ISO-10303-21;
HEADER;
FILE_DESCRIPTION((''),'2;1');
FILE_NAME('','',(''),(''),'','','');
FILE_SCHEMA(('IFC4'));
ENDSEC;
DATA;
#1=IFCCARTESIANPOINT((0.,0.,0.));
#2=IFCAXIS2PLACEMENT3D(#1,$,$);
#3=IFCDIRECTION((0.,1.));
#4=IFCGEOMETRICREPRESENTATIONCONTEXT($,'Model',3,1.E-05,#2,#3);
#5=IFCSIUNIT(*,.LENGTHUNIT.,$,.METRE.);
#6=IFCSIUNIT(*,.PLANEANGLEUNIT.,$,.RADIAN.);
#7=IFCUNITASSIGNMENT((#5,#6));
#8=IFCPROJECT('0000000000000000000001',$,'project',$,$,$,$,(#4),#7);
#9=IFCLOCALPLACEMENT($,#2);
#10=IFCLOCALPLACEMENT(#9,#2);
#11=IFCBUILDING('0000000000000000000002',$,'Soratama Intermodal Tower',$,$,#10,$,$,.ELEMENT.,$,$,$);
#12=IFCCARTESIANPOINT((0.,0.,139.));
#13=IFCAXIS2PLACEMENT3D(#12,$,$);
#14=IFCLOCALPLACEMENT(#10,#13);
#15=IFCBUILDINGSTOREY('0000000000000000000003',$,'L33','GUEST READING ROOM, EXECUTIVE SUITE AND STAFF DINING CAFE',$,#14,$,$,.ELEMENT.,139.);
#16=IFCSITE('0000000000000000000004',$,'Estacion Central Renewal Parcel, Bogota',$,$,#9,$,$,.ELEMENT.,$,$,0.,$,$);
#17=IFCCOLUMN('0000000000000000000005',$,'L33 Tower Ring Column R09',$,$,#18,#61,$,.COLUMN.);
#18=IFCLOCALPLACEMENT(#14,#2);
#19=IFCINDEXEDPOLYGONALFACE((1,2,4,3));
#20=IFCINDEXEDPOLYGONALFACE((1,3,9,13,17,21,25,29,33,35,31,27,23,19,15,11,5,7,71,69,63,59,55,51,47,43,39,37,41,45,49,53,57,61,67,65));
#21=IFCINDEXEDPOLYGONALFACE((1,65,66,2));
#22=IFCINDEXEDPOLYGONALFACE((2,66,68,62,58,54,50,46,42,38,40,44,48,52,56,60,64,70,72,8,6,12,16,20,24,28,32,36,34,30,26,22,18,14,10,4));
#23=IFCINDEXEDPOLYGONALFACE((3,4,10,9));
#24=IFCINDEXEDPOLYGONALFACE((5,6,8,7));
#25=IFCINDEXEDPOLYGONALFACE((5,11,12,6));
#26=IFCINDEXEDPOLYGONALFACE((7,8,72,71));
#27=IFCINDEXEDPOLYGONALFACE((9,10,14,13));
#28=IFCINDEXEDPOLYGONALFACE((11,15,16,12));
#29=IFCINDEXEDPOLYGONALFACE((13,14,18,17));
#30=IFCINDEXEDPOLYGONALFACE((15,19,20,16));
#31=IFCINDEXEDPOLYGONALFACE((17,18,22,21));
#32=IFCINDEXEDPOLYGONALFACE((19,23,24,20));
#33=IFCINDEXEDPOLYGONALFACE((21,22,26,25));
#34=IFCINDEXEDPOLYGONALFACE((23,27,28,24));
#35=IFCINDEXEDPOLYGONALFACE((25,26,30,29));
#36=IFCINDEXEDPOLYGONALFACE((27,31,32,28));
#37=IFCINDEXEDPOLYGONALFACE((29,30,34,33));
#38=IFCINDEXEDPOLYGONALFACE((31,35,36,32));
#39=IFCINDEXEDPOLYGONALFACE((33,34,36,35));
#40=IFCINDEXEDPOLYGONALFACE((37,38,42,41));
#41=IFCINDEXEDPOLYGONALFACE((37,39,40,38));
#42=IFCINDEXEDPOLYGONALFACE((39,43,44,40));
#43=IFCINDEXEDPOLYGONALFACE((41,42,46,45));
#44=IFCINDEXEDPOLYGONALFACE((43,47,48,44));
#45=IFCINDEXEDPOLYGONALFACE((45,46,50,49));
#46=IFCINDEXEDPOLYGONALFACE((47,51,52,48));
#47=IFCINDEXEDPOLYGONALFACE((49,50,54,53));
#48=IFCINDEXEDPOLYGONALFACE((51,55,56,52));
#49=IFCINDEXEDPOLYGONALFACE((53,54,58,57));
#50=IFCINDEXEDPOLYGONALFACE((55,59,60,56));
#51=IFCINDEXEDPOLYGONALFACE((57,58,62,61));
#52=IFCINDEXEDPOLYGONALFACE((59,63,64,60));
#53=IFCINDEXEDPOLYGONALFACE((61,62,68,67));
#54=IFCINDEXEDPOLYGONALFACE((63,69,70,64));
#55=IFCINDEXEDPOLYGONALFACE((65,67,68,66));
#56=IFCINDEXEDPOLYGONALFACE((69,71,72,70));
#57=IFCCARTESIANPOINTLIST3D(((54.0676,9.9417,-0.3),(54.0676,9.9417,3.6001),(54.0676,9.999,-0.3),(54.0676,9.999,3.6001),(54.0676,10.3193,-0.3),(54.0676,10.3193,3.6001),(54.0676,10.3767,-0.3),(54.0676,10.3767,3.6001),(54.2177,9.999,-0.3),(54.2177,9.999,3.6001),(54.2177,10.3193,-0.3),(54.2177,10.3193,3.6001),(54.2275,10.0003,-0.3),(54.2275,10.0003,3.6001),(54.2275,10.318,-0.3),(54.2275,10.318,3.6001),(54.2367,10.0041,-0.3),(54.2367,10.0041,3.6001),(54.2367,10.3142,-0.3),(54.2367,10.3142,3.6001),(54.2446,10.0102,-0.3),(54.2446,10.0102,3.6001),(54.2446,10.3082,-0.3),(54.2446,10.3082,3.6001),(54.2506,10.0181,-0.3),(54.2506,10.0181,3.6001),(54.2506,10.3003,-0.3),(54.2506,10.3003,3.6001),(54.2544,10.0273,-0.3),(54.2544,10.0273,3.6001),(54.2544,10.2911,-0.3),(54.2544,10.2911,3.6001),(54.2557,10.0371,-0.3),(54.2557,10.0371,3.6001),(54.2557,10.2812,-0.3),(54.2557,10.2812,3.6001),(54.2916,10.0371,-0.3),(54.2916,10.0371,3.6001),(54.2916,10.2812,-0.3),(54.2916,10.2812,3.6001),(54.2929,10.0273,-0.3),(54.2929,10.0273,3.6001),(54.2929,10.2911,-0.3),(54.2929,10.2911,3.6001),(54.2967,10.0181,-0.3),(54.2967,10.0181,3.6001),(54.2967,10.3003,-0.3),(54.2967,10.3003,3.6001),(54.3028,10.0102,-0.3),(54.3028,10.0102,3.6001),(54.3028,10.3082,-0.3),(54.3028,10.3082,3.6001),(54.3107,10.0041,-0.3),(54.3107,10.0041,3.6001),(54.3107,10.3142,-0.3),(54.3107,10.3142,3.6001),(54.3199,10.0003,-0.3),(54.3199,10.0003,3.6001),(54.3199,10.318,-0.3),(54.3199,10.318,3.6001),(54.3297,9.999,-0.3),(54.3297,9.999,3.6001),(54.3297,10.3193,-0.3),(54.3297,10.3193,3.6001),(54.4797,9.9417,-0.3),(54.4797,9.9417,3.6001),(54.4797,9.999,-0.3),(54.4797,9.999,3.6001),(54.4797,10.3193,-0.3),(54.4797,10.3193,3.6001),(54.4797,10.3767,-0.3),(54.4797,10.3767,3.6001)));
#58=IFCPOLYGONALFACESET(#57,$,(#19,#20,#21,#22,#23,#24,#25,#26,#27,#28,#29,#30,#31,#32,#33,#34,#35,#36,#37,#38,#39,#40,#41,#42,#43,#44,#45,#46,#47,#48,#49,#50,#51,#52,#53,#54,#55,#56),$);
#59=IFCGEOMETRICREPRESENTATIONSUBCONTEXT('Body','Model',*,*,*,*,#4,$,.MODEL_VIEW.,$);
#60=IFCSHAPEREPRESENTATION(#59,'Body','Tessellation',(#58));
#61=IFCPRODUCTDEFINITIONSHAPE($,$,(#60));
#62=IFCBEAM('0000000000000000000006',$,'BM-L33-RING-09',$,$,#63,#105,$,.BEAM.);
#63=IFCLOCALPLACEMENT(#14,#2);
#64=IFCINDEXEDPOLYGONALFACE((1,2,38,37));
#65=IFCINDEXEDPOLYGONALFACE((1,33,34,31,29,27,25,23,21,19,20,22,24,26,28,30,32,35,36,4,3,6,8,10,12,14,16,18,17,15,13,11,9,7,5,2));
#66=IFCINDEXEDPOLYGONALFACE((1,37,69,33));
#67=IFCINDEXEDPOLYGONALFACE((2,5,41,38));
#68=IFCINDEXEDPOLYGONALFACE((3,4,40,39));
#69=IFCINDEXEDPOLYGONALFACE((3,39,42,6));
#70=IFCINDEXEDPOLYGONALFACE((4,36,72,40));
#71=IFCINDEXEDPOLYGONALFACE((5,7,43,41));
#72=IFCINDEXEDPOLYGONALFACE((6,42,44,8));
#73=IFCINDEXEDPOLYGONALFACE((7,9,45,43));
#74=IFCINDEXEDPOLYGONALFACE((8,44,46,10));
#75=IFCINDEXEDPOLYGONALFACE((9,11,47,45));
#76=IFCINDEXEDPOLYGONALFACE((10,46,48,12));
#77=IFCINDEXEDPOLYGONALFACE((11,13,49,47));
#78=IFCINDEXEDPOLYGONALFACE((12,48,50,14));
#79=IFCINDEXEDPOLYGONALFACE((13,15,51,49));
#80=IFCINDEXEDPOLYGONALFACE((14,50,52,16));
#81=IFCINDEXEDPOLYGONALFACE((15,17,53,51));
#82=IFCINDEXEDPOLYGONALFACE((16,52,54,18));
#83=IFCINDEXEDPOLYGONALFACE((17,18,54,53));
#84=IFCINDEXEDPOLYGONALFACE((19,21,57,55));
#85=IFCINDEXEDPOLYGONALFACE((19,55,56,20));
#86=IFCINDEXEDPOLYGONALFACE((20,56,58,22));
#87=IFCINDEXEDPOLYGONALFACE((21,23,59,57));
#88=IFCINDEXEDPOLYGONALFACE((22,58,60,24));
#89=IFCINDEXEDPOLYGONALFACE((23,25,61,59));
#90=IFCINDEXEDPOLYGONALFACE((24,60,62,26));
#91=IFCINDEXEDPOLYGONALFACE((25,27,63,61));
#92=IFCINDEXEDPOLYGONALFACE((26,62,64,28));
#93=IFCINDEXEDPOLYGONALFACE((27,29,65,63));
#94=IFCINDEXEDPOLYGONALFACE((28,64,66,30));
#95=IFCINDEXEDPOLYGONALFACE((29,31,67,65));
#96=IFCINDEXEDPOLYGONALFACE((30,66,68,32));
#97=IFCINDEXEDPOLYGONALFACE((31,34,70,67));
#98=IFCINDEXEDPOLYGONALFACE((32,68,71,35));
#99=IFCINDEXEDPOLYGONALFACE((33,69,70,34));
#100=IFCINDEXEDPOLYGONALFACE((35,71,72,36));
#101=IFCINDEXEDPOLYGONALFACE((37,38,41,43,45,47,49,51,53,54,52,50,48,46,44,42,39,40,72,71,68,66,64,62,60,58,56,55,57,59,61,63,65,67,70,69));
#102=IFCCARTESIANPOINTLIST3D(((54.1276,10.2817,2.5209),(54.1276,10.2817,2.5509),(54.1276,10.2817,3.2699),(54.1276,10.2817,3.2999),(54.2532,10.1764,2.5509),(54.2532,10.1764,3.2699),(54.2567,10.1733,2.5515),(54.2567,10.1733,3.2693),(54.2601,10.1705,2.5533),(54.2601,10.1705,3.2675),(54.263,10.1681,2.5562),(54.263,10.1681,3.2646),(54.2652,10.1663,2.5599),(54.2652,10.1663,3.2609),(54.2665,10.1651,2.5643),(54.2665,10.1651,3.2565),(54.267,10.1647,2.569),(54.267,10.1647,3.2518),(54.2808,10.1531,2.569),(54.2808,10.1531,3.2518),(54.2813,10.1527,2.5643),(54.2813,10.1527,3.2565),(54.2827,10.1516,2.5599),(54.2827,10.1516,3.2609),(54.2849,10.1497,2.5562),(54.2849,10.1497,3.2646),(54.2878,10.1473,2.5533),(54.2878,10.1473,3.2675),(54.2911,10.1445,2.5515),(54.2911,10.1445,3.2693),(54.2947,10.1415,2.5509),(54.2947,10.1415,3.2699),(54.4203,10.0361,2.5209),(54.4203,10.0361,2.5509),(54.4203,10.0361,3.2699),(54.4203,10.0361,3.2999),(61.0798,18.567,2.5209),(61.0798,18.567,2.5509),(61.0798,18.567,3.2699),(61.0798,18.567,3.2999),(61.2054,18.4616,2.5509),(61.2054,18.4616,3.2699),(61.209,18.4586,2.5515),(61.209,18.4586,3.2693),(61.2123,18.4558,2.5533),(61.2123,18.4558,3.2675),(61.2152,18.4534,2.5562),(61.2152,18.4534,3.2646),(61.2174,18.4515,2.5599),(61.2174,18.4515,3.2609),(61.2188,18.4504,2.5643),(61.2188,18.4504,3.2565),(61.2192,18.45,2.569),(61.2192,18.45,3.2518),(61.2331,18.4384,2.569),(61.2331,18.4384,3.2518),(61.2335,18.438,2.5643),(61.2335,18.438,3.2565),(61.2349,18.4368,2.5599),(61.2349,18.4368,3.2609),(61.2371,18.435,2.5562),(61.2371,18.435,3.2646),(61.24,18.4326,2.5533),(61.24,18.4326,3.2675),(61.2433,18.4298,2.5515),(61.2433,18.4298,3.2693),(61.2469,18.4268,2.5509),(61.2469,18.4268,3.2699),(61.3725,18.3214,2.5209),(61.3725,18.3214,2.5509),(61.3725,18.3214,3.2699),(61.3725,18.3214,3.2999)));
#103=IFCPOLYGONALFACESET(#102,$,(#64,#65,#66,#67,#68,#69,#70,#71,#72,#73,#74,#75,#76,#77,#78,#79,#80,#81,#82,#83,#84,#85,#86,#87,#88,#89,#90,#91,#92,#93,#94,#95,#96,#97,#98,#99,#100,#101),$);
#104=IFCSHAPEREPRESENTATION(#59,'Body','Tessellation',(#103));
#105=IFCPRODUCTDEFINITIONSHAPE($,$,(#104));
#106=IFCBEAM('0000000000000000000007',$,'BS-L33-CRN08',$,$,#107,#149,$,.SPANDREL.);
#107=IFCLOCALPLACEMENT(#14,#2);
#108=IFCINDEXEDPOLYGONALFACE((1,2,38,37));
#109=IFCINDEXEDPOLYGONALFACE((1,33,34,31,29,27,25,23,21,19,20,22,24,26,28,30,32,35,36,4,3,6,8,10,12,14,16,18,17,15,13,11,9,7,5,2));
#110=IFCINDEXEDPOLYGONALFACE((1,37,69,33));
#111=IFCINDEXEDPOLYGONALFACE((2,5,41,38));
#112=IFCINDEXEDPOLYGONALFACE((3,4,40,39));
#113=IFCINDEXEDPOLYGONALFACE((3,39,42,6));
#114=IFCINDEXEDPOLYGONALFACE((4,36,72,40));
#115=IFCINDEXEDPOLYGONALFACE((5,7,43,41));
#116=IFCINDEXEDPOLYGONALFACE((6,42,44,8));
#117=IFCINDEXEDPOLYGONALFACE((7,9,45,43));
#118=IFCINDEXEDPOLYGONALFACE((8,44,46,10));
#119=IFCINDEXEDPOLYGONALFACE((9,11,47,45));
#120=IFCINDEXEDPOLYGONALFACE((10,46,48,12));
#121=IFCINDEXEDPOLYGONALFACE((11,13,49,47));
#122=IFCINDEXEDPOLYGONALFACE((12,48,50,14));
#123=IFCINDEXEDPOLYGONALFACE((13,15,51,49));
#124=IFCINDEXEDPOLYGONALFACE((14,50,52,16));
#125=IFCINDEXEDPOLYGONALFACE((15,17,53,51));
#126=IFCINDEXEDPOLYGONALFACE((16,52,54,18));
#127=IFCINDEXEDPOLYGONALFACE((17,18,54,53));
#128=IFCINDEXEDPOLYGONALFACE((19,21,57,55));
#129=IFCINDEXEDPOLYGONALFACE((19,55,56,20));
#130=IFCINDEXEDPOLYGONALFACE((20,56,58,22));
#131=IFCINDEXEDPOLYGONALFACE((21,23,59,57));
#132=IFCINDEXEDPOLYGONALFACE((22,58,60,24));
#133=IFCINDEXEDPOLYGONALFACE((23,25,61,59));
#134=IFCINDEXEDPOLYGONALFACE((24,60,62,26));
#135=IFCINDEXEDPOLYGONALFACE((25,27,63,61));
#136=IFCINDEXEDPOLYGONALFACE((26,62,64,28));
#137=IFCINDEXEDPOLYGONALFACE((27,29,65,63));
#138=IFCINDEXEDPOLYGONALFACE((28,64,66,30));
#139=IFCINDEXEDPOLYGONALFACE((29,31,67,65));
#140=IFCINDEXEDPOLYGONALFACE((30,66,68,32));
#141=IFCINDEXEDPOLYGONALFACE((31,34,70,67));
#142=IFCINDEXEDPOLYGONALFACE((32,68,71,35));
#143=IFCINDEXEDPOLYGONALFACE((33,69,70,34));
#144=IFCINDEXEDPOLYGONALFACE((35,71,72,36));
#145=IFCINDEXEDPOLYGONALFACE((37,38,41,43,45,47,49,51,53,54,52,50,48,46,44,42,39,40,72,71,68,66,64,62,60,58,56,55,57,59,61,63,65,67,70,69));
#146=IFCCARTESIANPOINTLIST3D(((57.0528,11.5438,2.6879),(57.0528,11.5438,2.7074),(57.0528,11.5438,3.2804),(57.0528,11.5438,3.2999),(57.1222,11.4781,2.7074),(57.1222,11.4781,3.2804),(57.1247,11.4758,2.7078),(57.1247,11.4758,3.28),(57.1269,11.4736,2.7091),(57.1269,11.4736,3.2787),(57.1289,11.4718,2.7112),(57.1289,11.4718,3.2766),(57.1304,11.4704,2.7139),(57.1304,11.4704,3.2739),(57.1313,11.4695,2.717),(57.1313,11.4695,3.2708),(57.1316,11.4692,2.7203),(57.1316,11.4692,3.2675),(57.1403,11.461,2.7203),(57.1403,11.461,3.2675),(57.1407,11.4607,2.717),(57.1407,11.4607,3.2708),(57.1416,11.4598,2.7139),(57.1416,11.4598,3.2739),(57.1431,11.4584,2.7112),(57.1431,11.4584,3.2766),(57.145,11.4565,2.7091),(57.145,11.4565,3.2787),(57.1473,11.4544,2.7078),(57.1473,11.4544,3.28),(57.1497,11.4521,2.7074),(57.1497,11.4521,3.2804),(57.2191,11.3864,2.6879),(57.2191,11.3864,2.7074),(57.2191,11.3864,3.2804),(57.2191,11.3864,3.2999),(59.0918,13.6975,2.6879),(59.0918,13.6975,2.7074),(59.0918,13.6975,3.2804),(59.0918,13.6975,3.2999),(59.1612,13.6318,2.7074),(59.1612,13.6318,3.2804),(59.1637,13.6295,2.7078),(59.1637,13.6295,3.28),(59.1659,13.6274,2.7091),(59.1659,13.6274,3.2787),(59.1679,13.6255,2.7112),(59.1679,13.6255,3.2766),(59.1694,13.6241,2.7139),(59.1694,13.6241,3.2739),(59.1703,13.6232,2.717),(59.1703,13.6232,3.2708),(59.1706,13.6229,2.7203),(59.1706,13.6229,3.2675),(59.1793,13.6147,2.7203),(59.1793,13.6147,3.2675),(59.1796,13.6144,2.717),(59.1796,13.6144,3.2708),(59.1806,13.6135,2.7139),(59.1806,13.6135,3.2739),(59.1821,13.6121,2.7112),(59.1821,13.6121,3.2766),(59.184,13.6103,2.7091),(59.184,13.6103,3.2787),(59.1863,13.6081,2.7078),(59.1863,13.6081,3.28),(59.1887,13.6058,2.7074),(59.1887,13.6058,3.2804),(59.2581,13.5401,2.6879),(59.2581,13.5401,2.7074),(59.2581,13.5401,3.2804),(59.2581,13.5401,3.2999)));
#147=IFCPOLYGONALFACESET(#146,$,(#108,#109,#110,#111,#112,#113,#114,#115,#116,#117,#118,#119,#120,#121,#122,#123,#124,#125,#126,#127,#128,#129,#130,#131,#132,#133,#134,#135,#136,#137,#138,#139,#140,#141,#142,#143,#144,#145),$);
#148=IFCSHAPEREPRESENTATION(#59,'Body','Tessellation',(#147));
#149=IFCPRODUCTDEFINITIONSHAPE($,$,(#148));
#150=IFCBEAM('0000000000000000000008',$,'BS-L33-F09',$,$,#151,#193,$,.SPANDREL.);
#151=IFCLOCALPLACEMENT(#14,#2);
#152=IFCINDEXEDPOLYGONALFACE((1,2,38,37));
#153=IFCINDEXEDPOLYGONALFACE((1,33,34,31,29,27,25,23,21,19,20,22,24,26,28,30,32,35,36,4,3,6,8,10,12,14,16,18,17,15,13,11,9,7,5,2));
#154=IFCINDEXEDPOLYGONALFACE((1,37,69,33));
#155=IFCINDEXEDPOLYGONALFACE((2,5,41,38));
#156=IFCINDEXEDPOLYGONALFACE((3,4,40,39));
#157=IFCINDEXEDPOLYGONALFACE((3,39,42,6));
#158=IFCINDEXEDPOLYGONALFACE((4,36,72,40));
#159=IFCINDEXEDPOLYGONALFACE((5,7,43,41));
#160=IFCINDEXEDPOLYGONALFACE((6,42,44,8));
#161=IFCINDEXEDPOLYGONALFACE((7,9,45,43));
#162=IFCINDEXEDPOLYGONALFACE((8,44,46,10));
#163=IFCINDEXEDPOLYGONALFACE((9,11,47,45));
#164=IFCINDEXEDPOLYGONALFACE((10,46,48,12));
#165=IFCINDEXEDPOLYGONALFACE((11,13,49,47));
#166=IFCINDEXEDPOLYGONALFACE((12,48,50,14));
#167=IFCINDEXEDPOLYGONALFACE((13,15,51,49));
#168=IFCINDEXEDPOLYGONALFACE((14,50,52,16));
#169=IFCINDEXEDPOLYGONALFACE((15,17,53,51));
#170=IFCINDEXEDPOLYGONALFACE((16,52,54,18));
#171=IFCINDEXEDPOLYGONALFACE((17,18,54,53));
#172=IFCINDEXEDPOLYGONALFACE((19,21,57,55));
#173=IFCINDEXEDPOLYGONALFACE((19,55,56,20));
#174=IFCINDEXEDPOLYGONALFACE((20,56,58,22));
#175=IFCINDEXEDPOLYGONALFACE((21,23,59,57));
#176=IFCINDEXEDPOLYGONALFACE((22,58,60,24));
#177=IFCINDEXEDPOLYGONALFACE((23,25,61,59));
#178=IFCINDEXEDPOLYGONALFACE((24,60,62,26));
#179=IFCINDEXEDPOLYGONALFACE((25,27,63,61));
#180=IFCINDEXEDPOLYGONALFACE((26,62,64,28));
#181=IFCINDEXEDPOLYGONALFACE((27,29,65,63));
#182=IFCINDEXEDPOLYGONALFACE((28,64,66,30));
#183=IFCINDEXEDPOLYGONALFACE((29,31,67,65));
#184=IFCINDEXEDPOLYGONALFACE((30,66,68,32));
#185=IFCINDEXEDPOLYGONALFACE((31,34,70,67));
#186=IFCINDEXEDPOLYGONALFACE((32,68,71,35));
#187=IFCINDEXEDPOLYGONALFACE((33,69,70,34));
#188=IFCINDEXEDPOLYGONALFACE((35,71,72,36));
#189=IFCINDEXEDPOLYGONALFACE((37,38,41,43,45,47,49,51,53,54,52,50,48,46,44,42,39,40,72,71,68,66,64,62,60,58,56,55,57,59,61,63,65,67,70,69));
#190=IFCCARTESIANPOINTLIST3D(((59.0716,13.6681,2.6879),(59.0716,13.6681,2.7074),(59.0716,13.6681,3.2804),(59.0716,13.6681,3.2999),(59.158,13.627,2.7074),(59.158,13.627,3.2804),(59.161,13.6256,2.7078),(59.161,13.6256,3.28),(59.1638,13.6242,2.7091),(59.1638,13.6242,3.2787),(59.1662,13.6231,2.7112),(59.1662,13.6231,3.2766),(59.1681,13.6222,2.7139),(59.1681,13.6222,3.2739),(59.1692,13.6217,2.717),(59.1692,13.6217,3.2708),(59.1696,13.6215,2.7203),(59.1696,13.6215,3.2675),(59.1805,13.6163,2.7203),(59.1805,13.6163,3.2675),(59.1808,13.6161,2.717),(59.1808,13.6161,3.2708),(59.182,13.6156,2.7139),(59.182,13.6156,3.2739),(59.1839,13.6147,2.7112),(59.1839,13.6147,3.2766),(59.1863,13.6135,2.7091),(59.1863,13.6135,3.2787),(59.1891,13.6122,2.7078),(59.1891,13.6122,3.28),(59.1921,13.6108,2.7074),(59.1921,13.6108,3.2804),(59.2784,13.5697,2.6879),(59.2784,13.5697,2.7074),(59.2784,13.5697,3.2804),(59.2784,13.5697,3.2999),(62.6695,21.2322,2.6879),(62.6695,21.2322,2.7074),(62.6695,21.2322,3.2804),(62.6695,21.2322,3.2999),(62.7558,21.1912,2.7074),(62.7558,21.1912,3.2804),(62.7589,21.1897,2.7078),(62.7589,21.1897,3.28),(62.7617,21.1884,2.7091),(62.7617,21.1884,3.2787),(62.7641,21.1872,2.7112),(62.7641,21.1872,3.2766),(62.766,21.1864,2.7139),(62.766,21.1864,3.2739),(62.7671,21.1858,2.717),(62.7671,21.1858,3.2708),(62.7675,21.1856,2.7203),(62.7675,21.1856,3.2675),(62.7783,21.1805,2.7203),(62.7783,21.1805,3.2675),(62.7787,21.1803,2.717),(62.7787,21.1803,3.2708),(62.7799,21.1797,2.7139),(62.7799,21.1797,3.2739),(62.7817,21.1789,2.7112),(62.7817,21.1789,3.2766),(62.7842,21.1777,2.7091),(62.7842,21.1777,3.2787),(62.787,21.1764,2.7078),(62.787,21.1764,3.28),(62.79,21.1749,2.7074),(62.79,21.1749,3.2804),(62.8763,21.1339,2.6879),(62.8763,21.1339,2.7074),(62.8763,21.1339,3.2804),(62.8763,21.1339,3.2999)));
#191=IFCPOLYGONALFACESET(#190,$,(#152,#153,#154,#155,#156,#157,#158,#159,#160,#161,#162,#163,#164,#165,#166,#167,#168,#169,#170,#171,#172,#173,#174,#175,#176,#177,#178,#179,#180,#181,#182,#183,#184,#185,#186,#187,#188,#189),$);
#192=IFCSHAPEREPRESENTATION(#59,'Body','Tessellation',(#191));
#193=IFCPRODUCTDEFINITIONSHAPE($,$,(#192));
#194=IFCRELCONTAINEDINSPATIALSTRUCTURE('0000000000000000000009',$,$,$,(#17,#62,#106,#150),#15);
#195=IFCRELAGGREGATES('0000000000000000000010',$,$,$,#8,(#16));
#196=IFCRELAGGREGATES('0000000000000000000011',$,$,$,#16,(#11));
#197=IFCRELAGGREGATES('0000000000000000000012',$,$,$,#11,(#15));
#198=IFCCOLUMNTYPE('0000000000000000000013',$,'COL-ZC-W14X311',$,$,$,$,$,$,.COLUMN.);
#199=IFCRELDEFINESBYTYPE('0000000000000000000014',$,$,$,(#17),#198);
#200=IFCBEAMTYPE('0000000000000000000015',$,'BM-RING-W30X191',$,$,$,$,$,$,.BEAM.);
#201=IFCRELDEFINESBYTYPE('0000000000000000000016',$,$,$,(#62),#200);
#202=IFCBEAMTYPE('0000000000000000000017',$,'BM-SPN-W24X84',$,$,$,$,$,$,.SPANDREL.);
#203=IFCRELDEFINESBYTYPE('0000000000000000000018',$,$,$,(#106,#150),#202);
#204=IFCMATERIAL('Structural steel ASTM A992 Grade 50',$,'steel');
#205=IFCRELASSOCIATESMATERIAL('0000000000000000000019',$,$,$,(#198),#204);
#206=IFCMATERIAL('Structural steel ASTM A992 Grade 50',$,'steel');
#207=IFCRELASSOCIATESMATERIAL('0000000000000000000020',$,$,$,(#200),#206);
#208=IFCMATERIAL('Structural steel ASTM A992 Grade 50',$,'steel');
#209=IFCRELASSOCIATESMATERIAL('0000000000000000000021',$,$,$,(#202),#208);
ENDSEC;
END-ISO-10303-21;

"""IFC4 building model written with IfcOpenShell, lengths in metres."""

from ifc_helpers import new_model, si_unit, direction, frame, origin, origin_2d, place, context, subcontext, project, spatial, i_section, extrude, material, material_profile, profile_set, type_object, element, save


model = new_model("IFC4")

# Units and contexts
model_context = context("Model", 3, precision=1e-05, world=origin(), true_north=direction((0.0, 1.0)))
body_context = subcontext(model_context, "Body", "Model", "MODEL_VIEW")
ifc_project = project(units=[si_unit("LENGTHUNIT", "METRE"), si_unit("PLANEANGLEUNIT", "RADIAN")], contexts=[model_context])

# Site, building, storey
site_placement = place(None, origin())
site = spatial("IfcSite", under=ifc_project, at=site_placement, Name="Estacion Central Renewal Parcel, Bogota", CompositionType="ELEMENT", RefElevation=0.0)
building_placement = place(site_placement, origin())
building = spatial("IfcBuilding", under=site, at=building_placement, Name="Soratama Intermodal Tower", CompositionType="ELEMENT")
storey_placement = place(building_placement, frame((0.0, 0.0, 139.0)))
storey = spatial("IfcBuildingStorey", under=building, at=storey_placement, Name="L33", Description="GUEST READING ROOM, EXECUTIVE SUITE AND STAFF DINING CAFE", CompositionType="ELEMENT", Elevation=139.0)

# Column
ifc_material_1 = material(Name="Structural steel ASTM A992 Grade 50", Category="steel")
ifc_material_profile_1 = material_profile(ifc_material_1, i_section(OverallWidth=0.4121, OverallDepth=0.4351, WebThickness=0.0359, FlangeThickness=0.0574, FilletRadius=0.0381, at=origin_2d()), Name="W14X311")
ifc_profile_set_1 = profile_set([ifc_material_profile_1], Name="Structural steel ASTM A992 Grade 50")
column_type = type_object("IfcColumnType", Name="COL-ZC-W14X311", PredefinedType="COLUMN", material=ifc_profile_set_1)
column_placement = place(storey_placement, frame((54.2737, 10.1592, -0.3), z_axis=(0.0, 0.0, 1.0), x_axis=(1.0, 0.0, 0.0)))
element("IfcColumn", 1, at=column_placement, inside=storey, type_object=column_type, Name="L33 Tower Ring Column R09", PredefinedType="COLUMN", context=body_context, shape_type="SweptSolid", body=[
    extrude(i_section(OverallWidth=0.4121, OverallDepth=0.4351, WebThickness=0.0359, FlangeThickness=0.0574, FilletRadius=0.0381, at=origin_2d()), origin(), (0.0, 0.0, 1.0), 3.9001),
])

# Beams
ifc_material_2 = material(Name="Structural steel ASTM A992 Grade 50", Category="steel")
ifc_material_profile_2 = material_profile(ifc_material_2, i_section(OverallWidth=0.3821, OverallDepth=0.7791, WebThickness=0.0181, FlangeThickness=0.03, FilletRadius=0.0181, at=origin_2d()), Name="W30X191")
ifc_profile_set_2 = profile_set([ifc_material_profile_2], Name="Structural steel ASTM A992 Grade 50")
beam_type_1 = type_object("IfcBeamType", Name="BM-RING-W30X191", PredefinedType="BEAM", material=ifc_profile_set_2)
beam_1_placement = place(storey_placement, frame((54.2739, 10.1589, 2.9104), z_axis=(0.642792, 0.766041, 0.0), x_axis=(-0.766041, 0.642792, 0.0)))
element("IfcBeam", 2, at=beam_1_placement, inside=storey, type_object=beam_type_1, Name="BM-L33-RING-09", PredefinedType="BEAM", context=body_context, shape_type="SweptSolid", body=[
    extrude(i_section(OverallWidth=0.3821, OverallDepth=0.7791, WebThickness=0.0181, FlangeThickness=0.03, FilletRadius=0.0181, at=origin_2d()), origin(), (0.0, 0.0, 1.0), 10.8157),
])
ifc_material_3 = material(Name="Structural steel ASTM A992 Grade 50", Category="steel")
ifc_material_profile_3 = material_profile(ifc_material_3, i_section(OverallWidth=0.229, OverallDepth=0.6121, WebThickness=0.012, FlangeThickness=0.0195, FilletRadius=0.0129, at=origin_2d()), Name="W24X84")
ifc_profile_set_3 = profile_set([ifc_material_profile_3], Name="Structural steel ASTM A992 Grade 50")
beam_type_2 = type_object("IfcBeamType", Name="BM-SPN-W24X84", PredefinedType="SPANDREL", material=ifc_profile_set_3)
beam_2_placement = place(storey_placement, frame((57.136, 11.4651, 2.9939), z_axis=(0.687498, 0.726186, 0.0), x_axis=(-0.726186, 0.687498, 0.0)))
element("IfcBeam", 3, at=beam_2_placement, inside=storey, type_object=beam_type_2, Name="BS-L33-CRN08", PredefinedType="SPANDREL", context=body_context, shape_type="SweptSolid", body=[
    extrude(i_section(OverallWidth=0.229, OverallDepth=0.6121, WebThickness=0.012, FlangeThickness=0.0195, FilletRadius=0.0129, at=origin_2d()), origin(), (0.0, 0.0, 1.0), 2.9658),
])
beam_3_placement = place(storey_placement, frame((59.175, 13.6189, 2.9939), z_axis=(0.429534, 0.903051, 0.0), x_axis=(-0.903051, 0.429534, 0.0)))
element("IfcBeam", 4, at=beam_3_placement, inside=storey, type_object=beam_type_2, Name="BS-L33-F09", PredefinedType="SPANDREL", context=body_context, shape_type="SweptSolid", body=[
    extrude(i_section(OverallWidth=0.229, OverallDepth=0.6121, WebThickness=0.012, FlangeThickness=0.0195, FilletRadius=0.0129, at=origin_2d()), origin(), (0.0, 0.0, 1.0), 8.3762),
])

save(model, "model.ifc")
